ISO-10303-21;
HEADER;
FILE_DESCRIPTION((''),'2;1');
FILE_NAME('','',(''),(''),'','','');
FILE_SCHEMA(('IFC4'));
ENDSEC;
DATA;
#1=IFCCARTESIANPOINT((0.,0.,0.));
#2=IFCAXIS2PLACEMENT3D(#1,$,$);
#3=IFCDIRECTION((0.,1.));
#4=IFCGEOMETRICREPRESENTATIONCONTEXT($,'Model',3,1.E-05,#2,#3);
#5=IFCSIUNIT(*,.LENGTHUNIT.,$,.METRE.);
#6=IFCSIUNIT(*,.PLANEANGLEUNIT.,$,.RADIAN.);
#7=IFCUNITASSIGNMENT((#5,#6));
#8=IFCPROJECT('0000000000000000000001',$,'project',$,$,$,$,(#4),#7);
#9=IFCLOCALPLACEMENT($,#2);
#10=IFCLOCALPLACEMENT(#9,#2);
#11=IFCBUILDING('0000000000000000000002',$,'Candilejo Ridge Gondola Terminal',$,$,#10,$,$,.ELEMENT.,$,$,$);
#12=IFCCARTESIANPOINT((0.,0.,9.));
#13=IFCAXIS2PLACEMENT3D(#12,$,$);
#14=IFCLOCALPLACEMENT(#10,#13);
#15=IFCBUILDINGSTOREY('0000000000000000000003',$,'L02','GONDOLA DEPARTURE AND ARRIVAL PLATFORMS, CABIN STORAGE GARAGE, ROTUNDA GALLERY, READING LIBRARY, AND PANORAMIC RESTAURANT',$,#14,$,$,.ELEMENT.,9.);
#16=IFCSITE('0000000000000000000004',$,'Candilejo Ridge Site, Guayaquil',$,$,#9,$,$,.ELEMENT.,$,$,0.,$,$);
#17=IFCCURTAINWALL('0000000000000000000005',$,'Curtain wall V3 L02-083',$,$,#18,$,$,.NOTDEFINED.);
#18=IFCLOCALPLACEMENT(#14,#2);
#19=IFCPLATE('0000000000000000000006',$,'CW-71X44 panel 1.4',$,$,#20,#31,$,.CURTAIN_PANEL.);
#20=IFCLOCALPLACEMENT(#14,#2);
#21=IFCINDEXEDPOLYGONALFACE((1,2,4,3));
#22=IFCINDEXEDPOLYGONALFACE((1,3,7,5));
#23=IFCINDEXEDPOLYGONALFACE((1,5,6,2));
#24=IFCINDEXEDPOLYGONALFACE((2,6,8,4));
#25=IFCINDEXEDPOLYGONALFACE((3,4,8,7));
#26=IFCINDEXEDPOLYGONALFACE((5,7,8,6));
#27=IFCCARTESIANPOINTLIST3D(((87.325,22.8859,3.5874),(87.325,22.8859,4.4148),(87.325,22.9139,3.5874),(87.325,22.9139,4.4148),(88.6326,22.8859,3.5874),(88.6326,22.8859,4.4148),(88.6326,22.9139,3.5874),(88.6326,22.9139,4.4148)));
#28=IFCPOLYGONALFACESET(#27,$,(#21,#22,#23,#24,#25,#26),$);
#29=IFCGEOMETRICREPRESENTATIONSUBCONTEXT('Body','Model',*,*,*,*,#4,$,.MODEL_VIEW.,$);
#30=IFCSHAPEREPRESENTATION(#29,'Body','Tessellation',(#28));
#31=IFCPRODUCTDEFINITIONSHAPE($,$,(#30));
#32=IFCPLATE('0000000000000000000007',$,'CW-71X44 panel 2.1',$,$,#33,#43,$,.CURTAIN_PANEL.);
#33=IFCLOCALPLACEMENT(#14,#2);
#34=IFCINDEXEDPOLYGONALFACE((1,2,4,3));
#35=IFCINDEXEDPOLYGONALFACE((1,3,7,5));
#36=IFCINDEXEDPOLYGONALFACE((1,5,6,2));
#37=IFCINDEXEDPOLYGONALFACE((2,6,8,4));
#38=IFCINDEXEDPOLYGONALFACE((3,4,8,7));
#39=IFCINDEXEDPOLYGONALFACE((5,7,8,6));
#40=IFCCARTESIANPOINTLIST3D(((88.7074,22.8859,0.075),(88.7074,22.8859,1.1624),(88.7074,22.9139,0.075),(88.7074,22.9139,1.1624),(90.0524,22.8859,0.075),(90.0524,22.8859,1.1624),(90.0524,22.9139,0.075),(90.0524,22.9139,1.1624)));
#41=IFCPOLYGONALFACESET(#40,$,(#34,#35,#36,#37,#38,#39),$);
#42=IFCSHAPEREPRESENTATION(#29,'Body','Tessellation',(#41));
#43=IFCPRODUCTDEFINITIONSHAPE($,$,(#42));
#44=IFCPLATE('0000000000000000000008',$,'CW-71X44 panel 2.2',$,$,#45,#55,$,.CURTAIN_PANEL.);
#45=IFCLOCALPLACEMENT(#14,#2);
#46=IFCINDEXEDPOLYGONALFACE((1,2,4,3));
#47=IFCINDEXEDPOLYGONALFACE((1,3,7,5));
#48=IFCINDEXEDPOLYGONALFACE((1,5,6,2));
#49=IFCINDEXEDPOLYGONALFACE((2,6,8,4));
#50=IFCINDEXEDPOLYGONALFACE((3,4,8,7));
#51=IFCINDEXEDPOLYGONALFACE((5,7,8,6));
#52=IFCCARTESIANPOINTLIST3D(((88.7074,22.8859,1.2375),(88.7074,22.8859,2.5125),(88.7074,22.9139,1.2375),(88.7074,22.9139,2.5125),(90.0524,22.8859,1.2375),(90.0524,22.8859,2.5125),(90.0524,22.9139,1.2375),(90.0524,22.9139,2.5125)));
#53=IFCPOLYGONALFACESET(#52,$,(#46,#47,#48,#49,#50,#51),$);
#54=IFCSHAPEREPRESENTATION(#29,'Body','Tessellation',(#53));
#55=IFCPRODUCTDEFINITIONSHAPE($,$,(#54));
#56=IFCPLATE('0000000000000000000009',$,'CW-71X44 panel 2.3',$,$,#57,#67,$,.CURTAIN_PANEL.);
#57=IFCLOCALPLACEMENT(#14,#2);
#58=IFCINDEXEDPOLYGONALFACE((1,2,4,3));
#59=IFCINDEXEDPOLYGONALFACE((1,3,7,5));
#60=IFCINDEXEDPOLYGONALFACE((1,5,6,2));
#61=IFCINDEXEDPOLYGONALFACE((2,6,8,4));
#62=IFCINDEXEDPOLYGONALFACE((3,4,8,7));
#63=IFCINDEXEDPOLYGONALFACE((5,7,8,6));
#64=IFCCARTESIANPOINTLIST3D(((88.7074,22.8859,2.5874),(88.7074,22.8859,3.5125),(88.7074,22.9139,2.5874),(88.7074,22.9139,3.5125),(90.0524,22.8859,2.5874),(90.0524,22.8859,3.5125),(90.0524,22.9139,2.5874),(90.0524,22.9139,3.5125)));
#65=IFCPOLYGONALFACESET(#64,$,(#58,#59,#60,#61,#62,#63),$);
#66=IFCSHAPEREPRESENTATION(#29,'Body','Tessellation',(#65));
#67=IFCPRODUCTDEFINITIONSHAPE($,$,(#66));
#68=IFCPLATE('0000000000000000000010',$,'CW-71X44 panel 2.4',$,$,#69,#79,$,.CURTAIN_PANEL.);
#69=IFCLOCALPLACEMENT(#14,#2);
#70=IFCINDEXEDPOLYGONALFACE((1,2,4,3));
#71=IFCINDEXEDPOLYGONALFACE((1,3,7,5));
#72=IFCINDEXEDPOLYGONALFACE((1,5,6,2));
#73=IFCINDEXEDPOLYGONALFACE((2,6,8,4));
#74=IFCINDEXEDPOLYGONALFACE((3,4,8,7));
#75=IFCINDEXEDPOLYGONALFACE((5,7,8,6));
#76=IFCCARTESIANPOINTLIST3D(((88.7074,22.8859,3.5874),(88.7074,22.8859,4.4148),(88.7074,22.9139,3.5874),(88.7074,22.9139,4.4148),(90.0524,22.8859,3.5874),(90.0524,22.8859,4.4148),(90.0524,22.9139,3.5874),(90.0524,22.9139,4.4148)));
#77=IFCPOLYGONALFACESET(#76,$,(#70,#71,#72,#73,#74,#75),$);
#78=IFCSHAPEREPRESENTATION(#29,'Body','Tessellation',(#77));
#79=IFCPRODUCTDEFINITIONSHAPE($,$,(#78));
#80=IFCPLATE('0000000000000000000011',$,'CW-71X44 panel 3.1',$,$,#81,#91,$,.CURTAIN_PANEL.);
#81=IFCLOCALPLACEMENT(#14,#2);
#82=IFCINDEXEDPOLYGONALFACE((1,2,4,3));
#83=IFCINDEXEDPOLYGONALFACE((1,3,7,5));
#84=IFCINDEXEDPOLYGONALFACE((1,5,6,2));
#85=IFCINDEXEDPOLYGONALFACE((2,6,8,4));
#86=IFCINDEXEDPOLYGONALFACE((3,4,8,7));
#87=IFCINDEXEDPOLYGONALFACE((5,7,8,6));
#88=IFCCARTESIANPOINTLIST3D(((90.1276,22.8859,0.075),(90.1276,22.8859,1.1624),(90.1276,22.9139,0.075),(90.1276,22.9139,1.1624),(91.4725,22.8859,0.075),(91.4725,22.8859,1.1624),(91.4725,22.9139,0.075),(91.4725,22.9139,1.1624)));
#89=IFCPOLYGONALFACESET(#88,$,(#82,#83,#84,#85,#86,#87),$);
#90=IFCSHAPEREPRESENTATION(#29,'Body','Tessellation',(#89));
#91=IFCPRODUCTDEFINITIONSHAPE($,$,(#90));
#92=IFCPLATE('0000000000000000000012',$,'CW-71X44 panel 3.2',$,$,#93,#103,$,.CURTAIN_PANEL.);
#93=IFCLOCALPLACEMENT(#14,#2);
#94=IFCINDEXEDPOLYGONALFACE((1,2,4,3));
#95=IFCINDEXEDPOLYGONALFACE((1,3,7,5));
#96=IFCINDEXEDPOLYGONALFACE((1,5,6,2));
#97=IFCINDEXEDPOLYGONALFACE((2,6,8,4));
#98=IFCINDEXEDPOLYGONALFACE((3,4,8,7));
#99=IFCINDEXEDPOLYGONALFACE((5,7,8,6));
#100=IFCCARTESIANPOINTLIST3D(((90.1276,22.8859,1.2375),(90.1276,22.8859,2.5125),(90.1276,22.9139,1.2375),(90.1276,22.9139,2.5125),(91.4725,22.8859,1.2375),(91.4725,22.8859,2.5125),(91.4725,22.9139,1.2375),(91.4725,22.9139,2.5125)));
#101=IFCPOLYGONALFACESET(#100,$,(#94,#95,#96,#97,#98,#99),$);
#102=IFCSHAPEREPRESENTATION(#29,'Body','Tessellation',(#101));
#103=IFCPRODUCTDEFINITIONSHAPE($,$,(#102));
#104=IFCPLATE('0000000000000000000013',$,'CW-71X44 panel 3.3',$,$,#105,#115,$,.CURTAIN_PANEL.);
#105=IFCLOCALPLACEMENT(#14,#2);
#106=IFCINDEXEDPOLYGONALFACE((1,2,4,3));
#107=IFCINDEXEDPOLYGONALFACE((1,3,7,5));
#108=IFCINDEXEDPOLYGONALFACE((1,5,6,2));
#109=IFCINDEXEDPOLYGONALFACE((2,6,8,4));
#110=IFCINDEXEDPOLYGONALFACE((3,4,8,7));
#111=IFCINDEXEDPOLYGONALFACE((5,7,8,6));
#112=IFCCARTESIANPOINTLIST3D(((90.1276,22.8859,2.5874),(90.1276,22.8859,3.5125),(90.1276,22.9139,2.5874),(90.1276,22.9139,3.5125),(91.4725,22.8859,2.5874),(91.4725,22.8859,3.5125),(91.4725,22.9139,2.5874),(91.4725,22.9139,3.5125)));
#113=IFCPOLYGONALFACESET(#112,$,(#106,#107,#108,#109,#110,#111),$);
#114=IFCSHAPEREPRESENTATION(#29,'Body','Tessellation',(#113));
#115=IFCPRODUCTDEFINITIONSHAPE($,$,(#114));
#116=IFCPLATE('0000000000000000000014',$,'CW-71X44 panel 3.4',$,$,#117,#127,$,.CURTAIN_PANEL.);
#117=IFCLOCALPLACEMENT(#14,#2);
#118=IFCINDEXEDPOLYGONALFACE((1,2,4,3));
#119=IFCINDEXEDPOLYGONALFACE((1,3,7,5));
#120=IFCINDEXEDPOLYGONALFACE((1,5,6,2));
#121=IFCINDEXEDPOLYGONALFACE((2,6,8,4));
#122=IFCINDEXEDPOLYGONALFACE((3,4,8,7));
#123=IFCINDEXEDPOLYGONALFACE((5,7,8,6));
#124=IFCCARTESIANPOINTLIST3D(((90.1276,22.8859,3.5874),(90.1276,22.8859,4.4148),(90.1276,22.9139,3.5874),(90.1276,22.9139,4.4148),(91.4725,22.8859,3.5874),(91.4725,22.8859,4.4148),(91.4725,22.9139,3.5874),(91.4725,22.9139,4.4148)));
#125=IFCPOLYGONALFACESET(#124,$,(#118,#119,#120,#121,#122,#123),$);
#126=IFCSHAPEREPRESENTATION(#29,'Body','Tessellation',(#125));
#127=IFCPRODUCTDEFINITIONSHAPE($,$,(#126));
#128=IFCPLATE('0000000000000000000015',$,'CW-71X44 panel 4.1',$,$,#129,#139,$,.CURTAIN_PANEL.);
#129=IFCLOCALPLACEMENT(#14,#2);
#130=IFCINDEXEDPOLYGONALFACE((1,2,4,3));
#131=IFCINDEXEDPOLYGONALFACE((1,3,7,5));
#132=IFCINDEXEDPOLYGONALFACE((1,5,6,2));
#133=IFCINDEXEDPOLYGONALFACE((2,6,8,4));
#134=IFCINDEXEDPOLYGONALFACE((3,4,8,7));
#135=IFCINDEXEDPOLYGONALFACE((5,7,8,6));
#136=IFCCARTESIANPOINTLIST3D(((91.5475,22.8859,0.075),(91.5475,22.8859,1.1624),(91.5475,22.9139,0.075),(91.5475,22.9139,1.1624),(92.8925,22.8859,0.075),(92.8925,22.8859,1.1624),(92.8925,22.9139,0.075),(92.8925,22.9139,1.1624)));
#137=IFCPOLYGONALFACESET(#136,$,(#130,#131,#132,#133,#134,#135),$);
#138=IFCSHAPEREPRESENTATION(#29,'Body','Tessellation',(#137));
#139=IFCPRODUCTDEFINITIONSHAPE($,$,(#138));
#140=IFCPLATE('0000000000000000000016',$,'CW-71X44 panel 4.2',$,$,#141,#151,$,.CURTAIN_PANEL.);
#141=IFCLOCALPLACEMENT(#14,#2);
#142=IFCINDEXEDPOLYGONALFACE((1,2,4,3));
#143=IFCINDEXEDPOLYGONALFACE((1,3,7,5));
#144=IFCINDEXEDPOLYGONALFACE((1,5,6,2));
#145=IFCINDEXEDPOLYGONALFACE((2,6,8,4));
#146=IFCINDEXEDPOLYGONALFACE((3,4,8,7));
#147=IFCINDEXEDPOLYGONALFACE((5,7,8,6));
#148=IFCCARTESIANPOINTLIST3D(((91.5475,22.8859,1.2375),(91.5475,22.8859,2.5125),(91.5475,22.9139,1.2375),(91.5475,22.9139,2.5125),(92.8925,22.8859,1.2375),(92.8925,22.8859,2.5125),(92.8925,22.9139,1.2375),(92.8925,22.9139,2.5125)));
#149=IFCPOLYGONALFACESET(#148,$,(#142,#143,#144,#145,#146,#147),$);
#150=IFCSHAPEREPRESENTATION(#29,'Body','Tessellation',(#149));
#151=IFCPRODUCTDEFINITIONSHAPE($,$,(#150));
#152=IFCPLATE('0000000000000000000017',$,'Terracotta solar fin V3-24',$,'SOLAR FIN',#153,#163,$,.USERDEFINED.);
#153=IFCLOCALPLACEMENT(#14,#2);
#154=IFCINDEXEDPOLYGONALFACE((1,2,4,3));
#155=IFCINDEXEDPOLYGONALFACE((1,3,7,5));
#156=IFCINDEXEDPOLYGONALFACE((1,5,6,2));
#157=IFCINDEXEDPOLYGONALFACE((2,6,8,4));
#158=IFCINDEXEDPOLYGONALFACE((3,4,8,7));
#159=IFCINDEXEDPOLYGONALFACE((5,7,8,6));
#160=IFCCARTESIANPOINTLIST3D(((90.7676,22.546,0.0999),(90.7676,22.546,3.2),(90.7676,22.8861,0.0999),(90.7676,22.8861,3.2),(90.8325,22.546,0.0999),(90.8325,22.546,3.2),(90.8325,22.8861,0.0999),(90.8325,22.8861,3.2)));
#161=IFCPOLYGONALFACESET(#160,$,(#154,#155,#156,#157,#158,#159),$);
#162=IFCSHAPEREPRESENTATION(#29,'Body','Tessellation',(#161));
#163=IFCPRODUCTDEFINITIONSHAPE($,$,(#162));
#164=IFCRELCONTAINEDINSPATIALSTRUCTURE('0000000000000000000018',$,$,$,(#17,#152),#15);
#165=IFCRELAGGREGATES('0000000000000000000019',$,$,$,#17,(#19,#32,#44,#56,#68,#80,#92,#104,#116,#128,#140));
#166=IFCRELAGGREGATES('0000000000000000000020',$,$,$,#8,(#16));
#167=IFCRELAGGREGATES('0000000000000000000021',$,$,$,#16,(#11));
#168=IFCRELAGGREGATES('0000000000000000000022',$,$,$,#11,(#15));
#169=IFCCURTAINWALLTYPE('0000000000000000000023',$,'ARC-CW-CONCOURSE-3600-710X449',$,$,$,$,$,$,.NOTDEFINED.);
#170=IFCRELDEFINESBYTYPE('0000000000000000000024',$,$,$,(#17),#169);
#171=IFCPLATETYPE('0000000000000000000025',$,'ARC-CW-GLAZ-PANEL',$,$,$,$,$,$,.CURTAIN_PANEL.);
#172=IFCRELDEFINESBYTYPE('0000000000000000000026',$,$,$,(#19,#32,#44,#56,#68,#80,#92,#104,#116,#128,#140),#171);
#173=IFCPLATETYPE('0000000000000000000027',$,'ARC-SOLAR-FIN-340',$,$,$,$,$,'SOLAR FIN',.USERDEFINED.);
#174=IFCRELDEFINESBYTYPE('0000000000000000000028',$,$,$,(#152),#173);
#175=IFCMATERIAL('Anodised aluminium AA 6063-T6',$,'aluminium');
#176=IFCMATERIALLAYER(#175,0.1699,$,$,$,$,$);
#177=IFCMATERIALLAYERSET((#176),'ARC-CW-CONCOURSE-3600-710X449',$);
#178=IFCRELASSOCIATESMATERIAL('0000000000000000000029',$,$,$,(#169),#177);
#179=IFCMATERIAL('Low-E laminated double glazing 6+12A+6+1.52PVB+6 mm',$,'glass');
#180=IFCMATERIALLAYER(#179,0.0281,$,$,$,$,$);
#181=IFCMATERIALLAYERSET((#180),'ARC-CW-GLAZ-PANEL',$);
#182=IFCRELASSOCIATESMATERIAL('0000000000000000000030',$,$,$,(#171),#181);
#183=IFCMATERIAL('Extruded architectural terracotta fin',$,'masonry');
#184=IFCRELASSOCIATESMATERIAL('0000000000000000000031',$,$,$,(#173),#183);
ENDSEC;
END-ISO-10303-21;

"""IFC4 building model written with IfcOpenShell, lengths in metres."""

from ifc_helpers import new_model, si_unit, direction, frame, origin, origin_2d, place, context, subcontext, project, spatial, rectangle, extrude, material, layer, layer_set, type_object, element, aggregate, save


model = new_model("IFC4")

# Units and contexts
model_context = context("Model", 3, precision=1e-05, world=origin(), true_north=direction((0.0, 1.0)))
body_context = subcontext(model_context, "Body", "Model", "MODEL_VIEW")
ifc_project = project(units=[si_unit("LENGTHUNIT", "METRE"), si_unit("PLANEANGLEUNIT", "RADIAN")], contexts=[model_context])

# Site, building, storey
site_placement = place(None, origin())
site = spatial("IfcSite", under=ifc_project, at=site_placement, Name="Candilejo Ridge Site, Guayaquil", CompositionType="ELEMENT", RefElevation=0.0)
building_placement = place(site_placement, origin())
building = spatial("IfcBuilding", under=site, at=building_placement, Name="Candilejo Ridge Gondola Terminal", CompositionType="ELEMENT")
storey_placement = place(building_placement, frame((0.0, 0.0, 9.0)))
storey = spatial("IfcBuildingStorey", under=building, at=storey_placement, Name="L02", Description="GONDOLA DEPARTURE AND ARRIVAL PLATFORMS, CABIN STORAGE GARAGE, ROTUNDA GALLERY, READING LIBRARY, AND PANORAMIC RESTAURANT", CompositionType="ELEMENT", Elevation=9.0)

# Curtain wall, plates
ifc_material_1 = material(Name="Anodised aluminium AA 6063-T6", Category="aluminium")
ifc_layer_1 = layer(ifc_material_1, 0.1699)
ifc_layer_set_1 = layer_set([ifc_layer_1], Name="ARC-CW-CONCOURSE-3600-710X449")
curtain_wall_type = type_object("IfcCurtainWallType", Name="ARC-CW-CONCOURSE-3600-710X449", PredefinedType="NOTDEFINED", material=ifc_layer_set_1)
curtain_wall_placement = place(storey_placement, origin())
curtain_wall = element("IfcCurtainWall", 1, at=curtain_wall_placement, inside=storey, type_object=curtain_wall_type, Name="Curtain wall V3 L02-083", PredefinedType="NOTDEFINED")
ifc_material_2 = material(Name="Low-E laminated double glazing 6+12A+6+1.52PVB+6 mm", Category="glass")
ifc_layer_2 = layer(ifc_material_2, 0.0281)
ifc_layer_set_2 = layer_set([ifc_layer_2], Name="ARC-CW-GLAZ-PANEL")
plate_type_1 = type_object("IfcPlateType", Name="ARC-CW-GLAZ-PANEL", PredefinedType="CURTAIN_PANEL", material=ifc_layer_set_2)
plate_1_placement = place(storey_placement, frame((87.9788, 22.8999, 3.5874), z_axis=(0.0, 0.0, 1.0), x_axis=(1.0, 0.0, 0.0)))
plate_1 = element("IfcPlate", 2, at=plate_1_placement, type_object=plate_type_1, Name="CW-71X44 panel 1.4", PredefinedType="CURTAIN_PANEL", context=body_context, shape_type="SweptSolid", body=[
    extrude(rectangle(XDim=1.3076, YDim=0.0281, at=origin_2d()), origin(), (0.0, 0.0, 1.0), 0.8274),
])
plate_2_placement = place(storey_placement, frame((89.3799, 22.8999, 0.075), z_axis=(0.0, 0.0, 1.0), x_axis=(1.0, 0.0, 0.0)))
plate_2 = element("IfcPlate", 3, at=plate_2_placement, type_object=plate_type_1, Name="CW-71X44 panel 2.1", PredefinedType="CURTAIN_PANEL", context=body_context, shape_type="SweptSolid", body=[
    extrude(rectangle(XDim=1.345, YDim=0.0281, at=origin_2d()), origin(), (0.0, 0.0, 1.0), 1.0874),
])
plate_3_placement = place(storey_placement, frame((89.3799, 22.8999, 1.2375), z_axis=(0.0, 0.0, 1.0), x_axis=(1.0, 0.0, 0.0)))
plate_3 = element("IfcPlate", 4, at=plate_3_placement, type_object=plate_type_1, Name="CW-71X44 panel 2.2", PredefinedType="CURTAIN_PANEL", context=body_context, shape_type="SweptSolid", body=[
    extrude(rectangle(XDim=1.345, YDim=0.0281, at=origin_2d()), origin(), (0.0, 0.0, 1.0), 1.2749),
])
plate_4_placement = place(storey_placement, frame((89.3799, 22.8999, 2.5874), z_axis=(0.0, 0.0, 1.0), x_axis=(1.0, 0.0, 0.0)))
plate_4 = element("IfcPlate", 5, at=plate_4_placement, type_object=plate_type_1, Name="CW-71X44 panel 2.3", PredefinedType="CURTAIN_PANEL", context=body_context, shape_type="SweptSolid", body=[
    extrude(rectangle(XDim=1.345, YDim=0.0281, at=origin_2d()), origin(), (0.0, 0.0, 1.0), 0.925),
])
plate_5_placement = place(storey_placement, frame((89.3799, 22.8999, 3.5874), z_axis=(0.0, 0.0, 1.0), x_axis=(1.0, 0.0, 0.0)))
plate_5 = element("IfcPlate", 6, at=plate_5_placement, type_object=plate_type_1, Name="CW-71X44 panel 2.4", PredefinedType="CURTAIN_PANEL", context=body_context, shape_type="SweptSolid", body=[
    extrude(rectangle(XDim=1.345, YDim=0.0281, at=origin_2d()), origin(), (0.0, 0.0, 1.0), 0.8274),
])
plate_6_placement = place(storey_placement, frame((90.8, 22.8999, 0.075), z_axis=(0.0, 0.0, 1.0), x_axis=(1.0, 0.0, 0.0)))
plate_6 = element("IfcPlate", 7, at=plate_6_placement, type_object=plate_type_1, Name="CW-71X44 panel 3.1", PredefinedType="CURTAIN_PANEL", context=body_context, shape_type="SweptSolid", body=[
    extrude(rectangle(XDim=1.345, YDim=0.0281, at=origin_2d()), origin(), (0.0, 0.0, 1.0), 1.0874),
])
plate_7_placement = place(storey_placement, frame((90.8, 22.8999, 1.2375), z_axis=(0.0, 0.0, 1.0), x_axis=(1.0, 0.0, 0.0)))
plate_7 = element("IfcPlate", 8, at=plate_7_placement, type_object=plate_type_1, Name="CW-71X44 panel 3.2", PredefinedType="CURTAIN_PANEL", context=body_context, shape_type="SweptSolid", body=[
    extrude(rectangle(XDim=1.345, YDim=0.0281, at=origin_2d()), origin(), (0.0, 0.0, 1.0), 1.2749),
])
plate_8_placement = place(storey_placement, frame((90.8, 22.8999, 2.5874), z_axis=(0.0, 0.0, 1.0), x_axis=(1.0, 0.0, 0.0)))
plate_8 = element("IfcPlate", 9, at=plate_8_placement, type_object=plate_type_1, Name="CW-71X44 panel 3.3", PredefinedType="CURTAIN_PANEL", context=body_context, shape_type="SweptSolid", body=[
    extrude(rectangle(XDim=1.345, YDim=0.0281, at=origin_2d()), origin(), (0.0, 0.0, 1.0), 0.925),
])
plate_9_placement = place(storey_placement, frame((90.8, 22.8999, 3.5874), z_axis=(0.0, 0.0, 1.0), x_axis=(1.0, 0.0, 0.0)))
plate_9 = element("IfcPlate", 10, at=plate_9_placement, type_object=plate_type_1, Name="CW-71X44 panel 3.4", PredefinedType="CURTAIN_PANEL", context=body_context, shape_type="SweptSolid", body=[
    extrude(rectangle(XDim=1.345, YDim=0.0281, at=origin_2d()), origin(), (0.0, 0.0, 1.0), 0.8274),
])
plate_10_placement = place(storey_placement, frame((92.22, 22.8999, 0.075), z_axis=(0.0, 0.0, 1.0), x_axis=(1.0, 0.0, 0.0)))
plate_10 = element("IfcPlate", 11, at=plate_10_placement, type_object=plate_type_1, Name="CW-71X44 panel 4.1", PredefinedType="CURTAIN_PANEL", context=body_context, shape_type="SweptSolid", body=[
    extrude(rectangle(XDim=1.345, YDim=0.0281, at=origin_2d()), origin(), (0.0, 0.0, 1.0), 1.0874),
])
plate_11_placement = place(storey_placement, frame((92.22, 22.8999, 1.2375), z_axis=(0.0, 0.0, 1.0), x_axis=(1.0, 0.0, 0.0)))
plate_11 = element("IfcPlate", 12, at=plate_11_placement, type_object=plate_type_1, Name="CW-71X44 panel 4.2", PredefinedType="CURTAIN_PANEL", context=body_context, shape_type="SweptSolid", body=[
    extrude(rectangle(XDim=1.345, YDim=0.0281, at=origin_2d()), origin(), (0.0, 0.0, 1.0), 1.2749),
])
aggregate(curtain_wall, [plate_1, plate_2, plate_3, plate_4, plate_5, plate_6, plate_7, plate_8, plate_9, plate_10, plate_11])

# Plate
ifc_material_3 = material(Name="Extruded architectural terracotta fin", Category="masonry")
plate_type_2 = type_object("IfcPlateType", Name="ARC-SOLAR-FIN-340", ElementType="SOLAR FIN", PredefinedType="USERDEFINED", material=ifc_material_3)
plate_12_placement = place(storey_placement, frame((90.8, 22.7161, 0.0999), z_axis=(0.0, 0.0, 1.0), x_axis=(1.0, 0.0, 0.0)))
element("IfcPlate", 13, at=plate_12_placement, inside=storey, type_object=plate_type_2, Name="Terracotta solar fin V3-24", ObjectType="SOLAR FIN", PredefinedType="USERDEFINED", context=body_context, shape_type="SweptSolid", body=[
    extrude(rectangle(XDim=0.0649, YDim=0.3401, at=origin_2d()), origin(), (0.0, 0.0, 1.0), 3.1001),
])

save(model, "model.ifc")
